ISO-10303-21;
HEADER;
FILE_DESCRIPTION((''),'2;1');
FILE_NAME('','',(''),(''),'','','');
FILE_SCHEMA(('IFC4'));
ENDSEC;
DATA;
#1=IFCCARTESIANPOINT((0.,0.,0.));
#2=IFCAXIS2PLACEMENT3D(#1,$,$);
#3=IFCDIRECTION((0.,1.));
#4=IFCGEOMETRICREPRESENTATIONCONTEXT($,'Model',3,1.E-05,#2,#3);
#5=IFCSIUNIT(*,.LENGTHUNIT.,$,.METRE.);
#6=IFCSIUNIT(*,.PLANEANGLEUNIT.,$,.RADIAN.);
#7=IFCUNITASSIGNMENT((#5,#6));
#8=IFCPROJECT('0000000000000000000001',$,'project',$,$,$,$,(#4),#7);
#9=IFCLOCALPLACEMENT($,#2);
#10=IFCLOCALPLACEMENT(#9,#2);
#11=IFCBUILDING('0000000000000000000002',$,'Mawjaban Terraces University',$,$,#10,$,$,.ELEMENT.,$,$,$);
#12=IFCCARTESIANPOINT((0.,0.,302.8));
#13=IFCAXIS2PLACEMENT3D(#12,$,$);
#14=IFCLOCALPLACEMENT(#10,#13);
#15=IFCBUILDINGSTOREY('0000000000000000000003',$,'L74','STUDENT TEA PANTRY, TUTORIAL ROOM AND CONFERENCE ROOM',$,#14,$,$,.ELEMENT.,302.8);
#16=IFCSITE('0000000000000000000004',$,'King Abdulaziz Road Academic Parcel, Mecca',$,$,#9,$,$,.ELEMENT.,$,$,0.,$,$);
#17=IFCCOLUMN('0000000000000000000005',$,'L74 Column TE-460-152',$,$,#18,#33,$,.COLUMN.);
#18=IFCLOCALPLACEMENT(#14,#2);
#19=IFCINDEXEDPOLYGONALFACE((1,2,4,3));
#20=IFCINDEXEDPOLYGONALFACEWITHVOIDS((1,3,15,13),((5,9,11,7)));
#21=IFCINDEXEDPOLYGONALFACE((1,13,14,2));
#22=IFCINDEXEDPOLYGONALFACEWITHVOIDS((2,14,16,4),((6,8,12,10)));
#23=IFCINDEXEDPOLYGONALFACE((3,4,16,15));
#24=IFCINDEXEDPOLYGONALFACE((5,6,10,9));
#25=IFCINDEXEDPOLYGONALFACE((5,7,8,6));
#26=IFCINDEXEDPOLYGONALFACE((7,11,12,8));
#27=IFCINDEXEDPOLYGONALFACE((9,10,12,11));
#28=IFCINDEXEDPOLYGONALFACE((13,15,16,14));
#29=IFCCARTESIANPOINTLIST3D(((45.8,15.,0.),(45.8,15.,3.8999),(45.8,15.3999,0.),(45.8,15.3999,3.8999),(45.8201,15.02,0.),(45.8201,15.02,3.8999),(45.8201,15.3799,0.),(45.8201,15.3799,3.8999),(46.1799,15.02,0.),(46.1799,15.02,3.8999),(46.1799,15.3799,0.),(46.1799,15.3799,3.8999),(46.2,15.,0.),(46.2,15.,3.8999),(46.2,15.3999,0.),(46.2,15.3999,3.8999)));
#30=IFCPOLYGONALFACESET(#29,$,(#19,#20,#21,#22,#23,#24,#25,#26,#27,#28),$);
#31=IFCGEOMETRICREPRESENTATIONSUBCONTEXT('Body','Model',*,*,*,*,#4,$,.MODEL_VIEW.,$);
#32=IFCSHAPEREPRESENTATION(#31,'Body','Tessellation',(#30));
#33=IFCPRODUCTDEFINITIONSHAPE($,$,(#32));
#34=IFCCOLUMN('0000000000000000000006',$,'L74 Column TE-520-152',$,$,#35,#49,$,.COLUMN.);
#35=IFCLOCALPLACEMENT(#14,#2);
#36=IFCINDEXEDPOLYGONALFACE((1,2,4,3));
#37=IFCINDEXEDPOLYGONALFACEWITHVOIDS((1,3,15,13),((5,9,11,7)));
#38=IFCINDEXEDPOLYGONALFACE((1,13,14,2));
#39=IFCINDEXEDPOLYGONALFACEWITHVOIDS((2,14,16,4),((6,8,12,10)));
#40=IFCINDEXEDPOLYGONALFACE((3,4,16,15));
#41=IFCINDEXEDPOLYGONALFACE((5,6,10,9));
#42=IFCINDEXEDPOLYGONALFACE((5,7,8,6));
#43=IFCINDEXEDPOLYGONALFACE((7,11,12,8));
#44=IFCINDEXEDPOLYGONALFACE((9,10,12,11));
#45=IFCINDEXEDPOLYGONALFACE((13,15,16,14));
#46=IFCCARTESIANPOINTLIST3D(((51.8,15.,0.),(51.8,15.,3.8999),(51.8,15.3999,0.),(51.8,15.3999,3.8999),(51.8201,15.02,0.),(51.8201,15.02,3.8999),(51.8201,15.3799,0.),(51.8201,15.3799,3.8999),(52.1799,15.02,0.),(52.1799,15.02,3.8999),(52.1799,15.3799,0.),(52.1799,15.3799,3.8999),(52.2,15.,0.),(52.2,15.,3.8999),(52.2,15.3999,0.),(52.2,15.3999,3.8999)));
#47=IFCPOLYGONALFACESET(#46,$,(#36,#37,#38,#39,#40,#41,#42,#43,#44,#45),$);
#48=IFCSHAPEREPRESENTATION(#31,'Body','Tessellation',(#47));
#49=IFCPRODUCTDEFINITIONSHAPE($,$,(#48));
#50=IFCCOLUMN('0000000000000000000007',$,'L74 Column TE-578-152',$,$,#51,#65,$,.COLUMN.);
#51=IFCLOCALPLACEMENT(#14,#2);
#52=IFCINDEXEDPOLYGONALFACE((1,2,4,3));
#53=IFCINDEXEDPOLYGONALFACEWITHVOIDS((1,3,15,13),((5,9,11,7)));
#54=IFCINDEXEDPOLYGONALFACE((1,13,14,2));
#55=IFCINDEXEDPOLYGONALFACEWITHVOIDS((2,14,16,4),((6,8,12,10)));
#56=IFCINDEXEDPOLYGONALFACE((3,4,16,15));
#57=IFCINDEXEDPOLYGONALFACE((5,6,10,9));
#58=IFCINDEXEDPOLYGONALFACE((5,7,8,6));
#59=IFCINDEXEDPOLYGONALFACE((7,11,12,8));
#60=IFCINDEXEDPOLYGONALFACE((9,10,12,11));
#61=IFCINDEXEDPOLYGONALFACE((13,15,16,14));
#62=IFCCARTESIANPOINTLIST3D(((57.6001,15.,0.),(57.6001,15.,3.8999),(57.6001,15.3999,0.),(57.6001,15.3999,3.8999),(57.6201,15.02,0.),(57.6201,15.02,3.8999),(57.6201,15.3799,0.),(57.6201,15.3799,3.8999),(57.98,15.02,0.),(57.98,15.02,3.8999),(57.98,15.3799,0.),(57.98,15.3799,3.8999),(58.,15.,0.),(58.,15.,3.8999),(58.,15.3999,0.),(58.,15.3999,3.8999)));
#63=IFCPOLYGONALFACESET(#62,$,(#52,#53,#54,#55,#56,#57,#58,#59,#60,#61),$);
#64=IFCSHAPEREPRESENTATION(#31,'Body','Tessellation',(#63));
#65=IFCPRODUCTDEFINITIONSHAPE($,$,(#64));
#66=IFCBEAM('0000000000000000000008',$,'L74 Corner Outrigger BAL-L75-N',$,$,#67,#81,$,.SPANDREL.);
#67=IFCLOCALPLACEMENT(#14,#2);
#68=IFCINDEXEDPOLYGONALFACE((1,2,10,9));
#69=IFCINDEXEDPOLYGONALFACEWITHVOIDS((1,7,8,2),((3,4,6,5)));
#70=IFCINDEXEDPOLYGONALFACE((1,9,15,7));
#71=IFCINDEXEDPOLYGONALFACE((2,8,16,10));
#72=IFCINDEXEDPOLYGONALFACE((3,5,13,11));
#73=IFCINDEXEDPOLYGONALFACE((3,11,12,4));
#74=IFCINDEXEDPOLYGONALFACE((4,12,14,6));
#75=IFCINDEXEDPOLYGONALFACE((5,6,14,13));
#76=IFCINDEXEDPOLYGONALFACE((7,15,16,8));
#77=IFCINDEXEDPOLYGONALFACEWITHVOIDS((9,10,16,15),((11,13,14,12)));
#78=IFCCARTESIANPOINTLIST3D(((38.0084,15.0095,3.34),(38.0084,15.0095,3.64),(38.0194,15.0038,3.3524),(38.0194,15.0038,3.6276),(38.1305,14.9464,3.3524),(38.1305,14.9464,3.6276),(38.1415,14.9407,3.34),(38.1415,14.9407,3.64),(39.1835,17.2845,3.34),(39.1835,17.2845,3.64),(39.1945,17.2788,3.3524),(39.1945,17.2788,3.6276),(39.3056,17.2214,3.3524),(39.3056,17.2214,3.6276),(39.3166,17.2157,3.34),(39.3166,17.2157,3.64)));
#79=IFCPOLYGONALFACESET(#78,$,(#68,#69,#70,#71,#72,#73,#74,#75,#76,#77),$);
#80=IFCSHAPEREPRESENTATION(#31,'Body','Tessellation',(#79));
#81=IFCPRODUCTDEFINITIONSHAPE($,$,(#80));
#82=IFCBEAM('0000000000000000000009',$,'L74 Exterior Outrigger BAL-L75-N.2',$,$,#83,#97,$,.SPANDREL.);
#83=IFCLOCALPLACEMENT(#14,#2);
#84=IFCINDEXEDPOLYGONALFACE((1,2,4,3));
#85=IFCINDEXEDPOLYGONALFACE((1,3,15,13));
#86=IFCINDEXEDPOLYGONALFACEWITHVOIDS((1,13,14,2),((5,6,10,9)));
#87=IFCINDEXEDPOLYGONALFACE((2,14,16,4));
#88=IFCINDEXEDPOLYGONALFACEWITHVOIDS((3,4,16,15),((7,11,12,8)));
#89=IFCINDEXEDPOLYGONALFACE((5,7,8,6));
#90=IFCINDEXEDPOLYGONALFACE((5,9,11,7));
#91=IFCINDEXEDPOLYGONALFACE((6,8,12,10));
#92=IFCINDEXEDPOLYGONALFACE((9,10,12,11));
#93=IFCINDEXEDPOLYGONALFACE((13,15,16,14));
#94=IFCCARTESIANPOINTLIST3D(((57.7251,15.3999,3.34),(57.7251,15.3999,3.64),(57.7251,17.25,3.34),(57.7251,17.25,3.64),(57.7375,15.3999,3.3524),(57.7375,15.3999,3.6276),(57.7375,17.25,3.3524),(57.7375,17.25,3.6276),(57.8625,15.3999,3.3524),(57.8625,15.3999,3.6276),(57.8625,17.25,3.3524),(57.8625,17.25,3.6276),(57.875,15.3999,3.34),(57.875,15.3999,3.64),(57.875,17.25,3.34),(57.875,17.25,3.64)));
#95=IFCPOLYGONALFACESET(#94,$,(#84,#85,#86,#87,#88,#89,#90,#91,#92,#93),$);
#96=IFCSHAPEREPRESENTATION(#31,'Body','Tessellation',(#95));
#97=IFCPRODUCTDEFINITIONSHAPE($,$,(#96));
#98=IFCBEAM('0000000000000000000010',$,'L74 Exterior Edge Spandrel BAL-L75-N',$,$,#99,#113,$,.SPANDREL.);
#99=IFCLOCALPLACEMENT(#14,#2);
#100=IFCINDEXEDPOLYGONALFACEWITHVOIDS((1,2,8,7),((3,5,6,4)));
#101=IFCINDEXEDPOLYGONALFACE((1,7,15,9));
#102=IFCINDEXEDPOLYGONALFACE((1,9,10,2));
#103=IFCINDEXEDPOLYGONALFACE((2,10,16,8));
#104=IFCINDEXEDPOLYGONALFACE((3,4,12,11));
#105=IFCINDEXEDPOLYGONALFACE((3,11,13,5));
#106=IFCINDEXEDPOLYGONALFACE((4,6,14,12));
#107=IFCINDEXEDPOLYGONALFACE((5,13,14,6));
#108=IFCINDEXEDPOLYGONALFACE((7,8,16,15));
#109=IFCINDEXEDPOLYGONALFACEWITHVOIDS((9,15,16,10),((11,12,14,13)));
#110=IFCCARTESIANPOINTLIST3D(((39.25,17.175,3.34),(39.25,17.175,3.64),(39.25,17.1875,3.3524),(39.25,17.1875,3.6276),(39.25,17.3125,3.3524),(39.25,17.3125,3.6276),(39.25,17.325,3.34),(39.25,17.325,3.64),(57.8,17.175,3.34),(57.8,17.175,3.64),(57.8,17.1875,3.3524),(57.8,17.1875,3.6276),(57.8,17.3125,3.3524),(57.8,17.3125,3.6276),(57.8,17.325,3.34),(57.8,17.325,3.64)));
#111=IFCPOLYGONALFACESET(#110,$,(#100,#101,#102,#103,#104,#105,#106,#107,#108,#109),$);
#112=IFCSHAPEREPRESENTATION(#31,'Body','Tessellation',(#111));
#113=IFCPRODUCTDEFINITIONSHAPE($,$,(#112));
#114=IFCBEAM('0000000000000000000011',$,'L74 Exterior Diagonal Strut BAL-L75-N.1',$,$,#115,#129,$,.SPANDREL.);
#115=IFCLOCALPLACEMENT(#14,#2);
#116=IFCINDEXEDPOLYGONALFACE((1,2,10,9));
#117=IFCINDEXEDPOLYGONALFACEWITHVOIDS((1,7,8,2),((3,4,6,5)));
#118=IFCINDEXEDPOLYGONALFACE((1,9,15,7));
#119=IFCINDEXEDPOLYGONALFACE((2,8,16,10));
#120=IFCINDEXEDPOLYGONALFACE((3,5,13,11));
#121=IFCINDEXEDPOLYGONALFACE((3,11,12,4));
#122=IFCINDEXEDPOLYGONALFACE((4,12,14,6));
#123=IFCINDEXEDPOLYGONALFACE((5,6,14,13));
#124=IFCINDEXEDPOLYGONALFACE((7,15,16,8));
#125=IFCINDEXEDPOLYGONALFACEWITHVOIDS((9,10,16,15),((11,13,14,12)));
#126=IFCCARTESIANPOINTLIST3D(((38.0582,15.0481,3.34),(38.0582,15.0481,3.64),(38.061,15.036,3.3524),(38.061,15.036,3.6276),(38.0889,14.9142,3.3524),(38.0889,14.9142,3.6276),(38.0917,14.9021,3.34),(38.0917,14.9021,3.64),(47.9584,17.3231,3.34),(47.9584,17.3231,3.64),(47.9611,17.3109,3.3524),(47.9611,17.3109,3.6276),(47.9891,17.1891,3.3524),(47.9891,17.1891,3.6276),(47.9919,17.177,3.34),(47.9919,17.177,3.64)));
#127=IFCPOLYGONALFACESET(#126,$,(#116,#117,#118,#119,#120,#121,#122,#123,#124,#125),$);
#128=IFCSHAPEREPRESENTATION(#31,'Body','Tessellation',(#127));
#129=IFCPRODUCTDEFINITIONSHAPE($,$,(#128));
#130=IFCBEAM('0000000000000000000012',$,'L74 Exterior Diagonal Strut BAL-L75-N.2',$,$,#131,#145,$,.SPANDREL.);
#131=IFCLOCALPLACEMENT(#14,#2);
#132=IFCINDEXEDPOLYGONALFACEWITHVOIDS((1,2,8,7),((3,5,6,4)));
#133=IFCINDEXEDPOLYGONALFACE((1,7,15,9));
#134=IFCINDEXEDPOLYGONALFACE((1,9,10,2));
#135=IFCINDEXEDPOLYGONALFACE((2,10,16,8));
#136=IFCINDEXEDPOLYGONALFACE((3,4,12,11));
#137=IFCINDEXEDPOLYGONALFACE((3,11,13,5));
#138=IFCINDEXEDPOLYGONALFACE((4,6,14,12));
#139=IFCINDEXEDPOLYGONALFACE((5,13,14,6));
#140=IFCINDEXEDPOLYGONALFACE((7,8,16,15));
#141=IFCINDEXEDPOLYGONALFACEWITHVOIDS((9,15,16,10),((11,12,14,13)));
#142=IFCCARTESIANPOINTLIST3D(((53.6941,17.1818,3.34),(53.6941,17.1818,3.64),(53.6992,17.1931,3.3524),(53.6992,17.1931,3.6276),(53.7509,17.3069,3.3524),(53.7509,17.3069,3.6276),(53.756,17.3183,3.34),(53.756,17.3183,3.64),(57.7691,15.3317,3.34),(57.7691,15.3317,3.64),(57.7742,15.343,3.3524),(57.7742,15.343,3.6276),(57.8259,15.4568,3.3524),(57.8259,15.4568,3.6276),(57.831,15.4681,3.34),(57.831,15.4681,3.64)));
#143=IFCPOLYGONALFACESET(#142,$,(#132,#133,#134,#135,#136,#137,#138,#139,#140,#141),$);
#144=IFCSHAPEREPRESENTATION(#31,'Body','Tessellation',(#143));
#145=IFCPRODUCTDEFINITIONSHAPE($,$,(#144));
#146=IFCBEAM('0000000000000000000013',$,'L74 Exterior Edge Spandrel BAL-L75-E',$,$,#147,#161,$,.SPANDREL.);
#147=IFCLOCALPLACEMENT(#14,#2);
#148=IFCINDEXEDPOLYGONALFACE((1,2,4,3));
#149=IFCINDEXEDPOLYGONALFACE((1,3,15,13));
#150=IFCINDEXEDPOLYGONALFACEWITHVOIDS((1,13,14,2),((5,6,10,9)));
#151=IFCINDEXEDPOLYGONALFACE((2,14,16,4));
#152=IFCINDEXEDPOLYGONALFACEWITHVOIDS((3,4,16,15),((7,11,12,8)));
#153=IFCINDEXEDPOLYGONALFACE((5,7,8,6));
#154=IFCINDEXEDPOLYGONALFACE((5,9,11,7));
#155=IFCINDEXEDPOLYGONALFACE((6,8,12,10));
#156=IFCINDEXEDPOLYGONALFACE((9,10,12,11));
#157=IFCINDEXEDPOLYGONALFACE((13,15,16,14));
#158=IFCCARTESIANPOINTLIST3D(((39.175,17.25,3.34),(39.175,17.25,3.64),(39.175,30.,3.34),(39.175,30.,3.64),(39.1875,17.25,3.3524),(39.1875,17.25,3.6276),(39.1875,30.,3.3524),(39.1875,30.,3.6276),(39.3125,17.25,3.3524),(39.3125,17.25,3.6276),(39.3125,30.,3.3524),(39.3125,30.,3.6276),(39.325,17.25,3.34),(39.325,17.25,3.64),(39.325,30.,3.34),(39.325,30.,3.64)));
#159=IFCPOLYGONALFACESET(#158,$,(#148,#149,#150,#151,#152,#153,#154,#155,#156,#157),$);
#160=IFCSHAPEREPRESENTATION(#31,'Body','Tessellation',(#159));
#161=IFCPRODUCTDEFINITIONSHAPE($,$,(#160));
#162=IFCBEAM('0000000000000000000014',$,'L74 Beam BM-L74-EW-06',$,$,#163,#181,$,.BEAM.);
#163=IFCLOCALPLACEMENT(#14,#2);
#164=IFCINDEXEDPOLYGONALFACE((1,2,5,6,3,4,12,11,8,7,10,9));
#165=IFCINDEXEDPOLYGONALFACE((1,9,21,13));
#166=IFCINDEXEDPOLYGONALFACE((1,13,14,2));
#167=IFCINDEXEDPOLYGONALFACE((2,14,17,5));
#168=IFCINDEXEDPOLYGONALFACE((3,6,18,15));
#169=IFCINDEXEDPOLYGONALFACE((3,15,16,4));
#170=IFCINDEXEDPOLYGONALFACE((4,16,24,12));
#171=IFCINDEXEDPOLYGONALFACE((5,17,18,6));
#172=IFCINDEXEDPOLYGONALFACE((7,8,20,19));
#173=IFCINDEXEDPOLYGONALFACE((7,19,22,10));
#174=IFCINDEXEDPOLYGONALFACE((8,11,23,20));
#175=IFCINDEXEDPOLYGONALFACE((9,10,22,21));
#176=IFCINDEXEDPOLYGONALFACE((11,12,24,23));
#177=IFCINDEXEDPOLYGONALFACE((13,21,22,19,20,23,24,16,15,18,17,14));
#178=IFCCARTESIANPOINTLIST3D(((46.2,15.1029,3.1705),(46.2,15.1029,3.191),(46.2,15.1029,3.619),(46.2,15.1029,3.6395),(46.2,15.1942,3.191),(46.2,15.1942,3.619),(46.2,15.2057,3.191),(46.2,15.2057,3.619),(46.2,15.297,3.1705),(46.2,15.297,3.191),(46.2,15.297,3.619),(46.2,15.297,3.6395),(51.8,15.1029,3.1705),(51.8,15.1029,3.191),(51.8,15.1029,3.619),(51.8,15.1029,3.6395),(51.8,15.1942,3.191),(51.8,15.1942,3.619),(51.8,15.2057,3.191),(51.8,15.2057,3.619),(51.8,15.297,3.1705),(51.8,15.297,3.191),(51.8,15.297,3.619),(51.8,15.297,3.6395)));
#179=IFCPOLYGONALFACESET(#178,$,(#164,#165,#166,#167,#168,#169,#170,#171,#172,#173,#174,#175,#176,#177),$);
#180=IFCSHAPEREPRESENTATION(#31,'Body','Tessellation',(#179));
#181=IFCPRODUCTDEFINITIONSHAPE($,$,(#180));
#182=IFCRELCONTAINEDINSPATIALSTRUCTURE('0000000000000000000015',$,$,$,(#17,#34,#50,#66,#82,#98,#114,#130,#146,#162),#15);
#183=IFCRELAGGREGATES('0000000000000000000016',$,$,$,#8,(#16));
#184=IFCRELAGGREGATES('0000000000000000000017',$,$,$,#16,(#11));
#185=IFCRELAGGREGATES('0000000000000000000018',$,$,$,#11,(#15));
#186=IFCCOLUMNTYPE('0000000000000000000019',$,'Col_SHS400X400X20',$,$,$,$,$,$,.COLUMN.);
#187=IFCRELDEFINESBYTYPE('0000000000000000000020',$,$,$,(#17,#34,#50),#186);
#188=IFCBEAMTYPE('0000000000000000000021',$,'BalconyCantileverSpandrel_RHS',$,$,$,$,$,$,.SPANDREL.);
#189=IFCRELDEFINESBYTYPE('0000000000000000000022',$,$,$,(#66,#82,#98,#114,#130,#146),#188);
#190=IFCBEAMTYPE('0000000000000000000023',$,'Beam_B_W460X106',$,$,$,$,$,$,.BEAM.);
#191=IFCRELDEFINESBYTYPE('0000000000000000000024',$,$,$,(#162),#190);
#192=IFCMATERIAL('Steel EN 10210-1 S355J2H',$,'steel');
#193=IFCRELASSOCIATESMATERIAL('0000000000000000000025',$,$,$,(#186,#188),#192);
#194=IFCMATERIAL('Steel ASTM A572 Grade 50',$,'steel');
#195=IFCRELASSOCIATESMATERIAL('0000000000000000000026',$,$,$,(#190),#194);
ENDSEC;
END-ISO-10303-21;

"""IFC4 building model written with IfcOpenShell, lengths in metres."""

from ifc_helpers import new_model, si_unit, direction, frame, origin, origin_2d, place, context, subcontext, project, spatial, hollow_rectangle, i_section, extrude, material, material_profile, profile_set, type_object, element, save


model = new_model("IFC4")

# Units and contexts
model_context = context("Model", 3, precision=1e-05, world=origin(), true_north=direction((0.0, 1.0)))
body_context = subcontext(model_context, "Body", "Model", "MODEL_VIEW")
ifc_project = project(units=[si_unit("LENGTHUNIT", "METRE"), si_unit("PLANEANGLEUNIT", "RADIAN")], contexts=[model_context])

# Site, building, storey
site_placement = place(None, origin())
site = spatial("IfcSite", under=ifc_project, at=site_placement, Name="King Abdulaziz Road Academic Parcel, Mecca", CompositionType="ELEMENT", RefElevation=0.0)
building_placement = place(site_placement, origin())
building = spatial("IfcBuilding", under=site, at=building_placement, Name="Mawjaban Terraces University", CompositionType="ELEMENT")
storey_placement = place(building_placement, frame((0.0, 0.0, 302.8)))
storey = spatial("IfcBuildingStorey", under=building, at=storey_placement, Name="L74", Description="STUDENT TEA PANTRY, TUTORIAL ROOM AND CONFERENCE ROOM", CompositionType="ELEMENT", Elevation=302.8)

# Columns
ifc_material_1 = material(Name="Steel EN 10210-1 S355J2H", Category="steel")
ifc_material_profile_1 = material_profile(ifc_material_1, hollow_rectangle(XDim=0.3999, YDim=0.3999, WallThickness=0.02, at=origin_2d()), Name="SHS400X400X20")
ifc_profile_set_1 = profile_set([ifc_material_profile_1], Name="Steel EN 10210-1 S355J2H")
column_type = type_object("IfcColumnType", Name="Col_SHS400X400X20", PredefinedType="COLUMN", material=ifc_profile_set_1)
for number, where, z_axis, x_axis, name in (
    (1, (46.0, 15.2, 0.0), (0.0, 0.0, 1.0), (1.0, 0.0, 0.0), "L74 Column TE-460-152"),
    (2, (52.0, 15.2, 0.0), (0.0, 0.0, 1.0), (1.0, 0.0, 0.0), "L74 Column TE-520-152"),
    (3, (57.8, 15.2, 0.0), (0.0, 0.0, 1.0), (1.0, 0.0, 0.0), "L74 Column TE-578-152"),
):
    element("IfcColumn", number, at=place(storey_placement, frame(where, z_axis=z_axis, x_axis=x_axis)), inside=storey, type_object=column_type, Name=name, PredefinedType="COLUMN", context=body_context, shape_type="SweptSolid", body=[
        extrude(hollow_rectangle(XDim=0.3999, YDim=0.3999, WallThickness=0.02, at=origin_2d()), origin(), (0.0, 0.0, 1.0), 3.8999),
    ])

# Beams
ifc_material_profile_2 = material_profile(ifc_material_1, hollow_rectangle(XDim=0.1499, YDim=0.3, WallThickness=0.0125, at=origin_2d()), Name="RHS300X150X12.5")
ifc_profile_set_2 = profile_set([ifc_material_profile_2], Name="Steel EN 10210-1 S355J2H")
beam_type_1 = type_object("IfcBeamType", Name="BalconyCantileverSpandrel_RHS", PredefinedType="SPANDREL", material=ifc_profile_set_2)
beam_1_placement = place(storey_placement, frame((38.075, 14.9751, 3.49), z_axis=(0.458922, 0.888476, 0.0), x_axis=(-0.888476, 0.458922, 0.0)))
element("IfcBeam", 4, at=beam_1_placement, inside=storey, type_object=beam_type_1, Name="L74 Corner Outrigger BAL-L75-N", PredefinedType="SPANDREL", context=body_context, shape_type="SweptSolid", body=[
    extrude(hollow_rectangle(XDim=0.1499, YDim=0.3, WallThickness=0.0125, at=origin_2d()), origin(), (0.0, 0.0, 1.0), 2.5605),
])
beam_2_placement = place(storey_placement, frame((57.8, 15.3999, 3.49), z_axis=(0.0, 1.0, 0.0), x_axis=(-1.0, 0.0, 0.0)))
element("IfcBeam", 5, at=beam_2_placement, inside=storey, type_object=beam_type_1, Name="L74 Exterior Outrigger BAL-L75-N.2", PredefinedType="SPANDREL", context=body_context, shape_type="SweptSolid", body=[
    extrude(hollow_rectangle(XDim=0.1499, YDim=0.3, WallThickness=0.0125, at=origin_2d()), origin(), (0.0, 0.0, 1.0), 1.8501),
])
beam_3_placement = place(storey_placement, frame((39.25, 17.25, 3.49), z_axis=(1.0, 0.0, 0.0), x_axis=(0.0, 1.0, 0.0)))
element("IfcBeam", 6, at=beam_3_placement, inside=storey, type_object=beam_type_1, Name="L74 Exterior Edge Spandrel BAL-L75-N", PredefinedType="SPANDREL", context=body_context, shape_type="SweptSolid", body=[
    extrude(hollow_rectangle(XDim=0.1499, YDim=0.3, WallThickness=0.0125, at=origin_2d()), origin(), (0.0, 0.0, 1.0), 18.55),
])
beam_4_placement = place(storey_placement, frame((38.075, 14.9751, 3.49), z_axis=(0.974601, 0.223948, 0.0), x_axis=(-0.223948, 0.974601, 0.0)))
element("IfcBeam", 7, at=beam_4_placement, inside=storey, type_object=beam_type_1, Name="L74 Exterior Diagonal Strut BAL-L75-N.1", PredefinedType="SPANDREL", context=body_context, shape_type="SweptSolid", body=[
    extrude(hollow_rectangle(XDim=0.1499, YDim=0.3, WallThickness=0.0125, at=origin_2d()), origin(), (0.0, 0.0, 1.0), 10.1582),
])
beam_5_placement = place(storey_placement, frame((57.8, 15.3999, 3.49), z_axis=(-0.910548, 0.413404, 0.0), x_axis=(-0.413404, -0.910548, 0.0)))
element("IfcBeam", 8, at=beam_5_placement, inside=storey, type_object=beam_type_1, Name="L74 Exterior Diagonal Strut BAL-L75-N.2", PredefinedType="SPANDREL", context=body_context, shape_type="SweptSolid", body=[
    extrude(hollow_rectangle(XDim=0.1499, YDim=0.3, WallThickness=0.0125, at=origin_2d()), origin(), (0.0, 0.0, 1.0), 4.4753),
])
beam_6_placement = place(storey_placement, frame((39.25, 17.25, 3.49), z_axis=(0.0, 1.0, 0.0), x_axis=(-1.0, 0.0, 0.0)))
element("IfcBeam", 9, at=beam_6_placement, inside=storey, type_object=beam_type_1, Name="L74 Exterior Edge Spandrel BAL-L75-E", PredefinedType="SPANDREL", context=body_context, shape_type="SweptSolid", body=[
    extrude(hollow_rectangle(XDim=0.1499, YDim=0.3, WallThickness=0.0125, at=origin_2d()), origin(), (0.0, 0.0, 1.0), 12.75),
])
ifc_material_2 = material(Name="Steel ASTM A572 Grade 50", Category="steel")
ifc_material_profile_3 = material_profile(ifc_material_2, i_section(OverallWidth=0.1941, OverallDepth=0.469, WebThickness=0.0115, FlangeThickness=0.0205, at=origin_2d()), Name="W460X106")
ifc_profile_set_3 = profile_set([ifc_material_profile_3], Name="Steel ASTM A572 Grade 50")
beam_type_2 = type_object("IfcBeamType", Name="Beam_B_W460X106", PredefinedType="BEAM", material=ifc_profile_set_3)
beam_7_placement = place(storey_placement, frame((46.2, 15.2, 3.405), z_axis=(1.0, 0.0, 0.0), x_axis=(0.0, 1.0, 0.0)))
element("IfcBeam", 10, at=beam_7_placement, inside=storey, type_object=beam_type_2, Name="L74 Beam BM-L74-EW-06", PredefinedType="BEAM", context=body_context, shape_type="SweptSolid", body=[
    extrude(i_section(OverallWidth=0.1941, OverallDepth=0.469, WebThickness=0.0115, FlangeThickness=0.0205, at=origin_2d()), origin(), (0.0, 0.0, 1.0), 5.6001),
])

save(model, "model.ifc")
